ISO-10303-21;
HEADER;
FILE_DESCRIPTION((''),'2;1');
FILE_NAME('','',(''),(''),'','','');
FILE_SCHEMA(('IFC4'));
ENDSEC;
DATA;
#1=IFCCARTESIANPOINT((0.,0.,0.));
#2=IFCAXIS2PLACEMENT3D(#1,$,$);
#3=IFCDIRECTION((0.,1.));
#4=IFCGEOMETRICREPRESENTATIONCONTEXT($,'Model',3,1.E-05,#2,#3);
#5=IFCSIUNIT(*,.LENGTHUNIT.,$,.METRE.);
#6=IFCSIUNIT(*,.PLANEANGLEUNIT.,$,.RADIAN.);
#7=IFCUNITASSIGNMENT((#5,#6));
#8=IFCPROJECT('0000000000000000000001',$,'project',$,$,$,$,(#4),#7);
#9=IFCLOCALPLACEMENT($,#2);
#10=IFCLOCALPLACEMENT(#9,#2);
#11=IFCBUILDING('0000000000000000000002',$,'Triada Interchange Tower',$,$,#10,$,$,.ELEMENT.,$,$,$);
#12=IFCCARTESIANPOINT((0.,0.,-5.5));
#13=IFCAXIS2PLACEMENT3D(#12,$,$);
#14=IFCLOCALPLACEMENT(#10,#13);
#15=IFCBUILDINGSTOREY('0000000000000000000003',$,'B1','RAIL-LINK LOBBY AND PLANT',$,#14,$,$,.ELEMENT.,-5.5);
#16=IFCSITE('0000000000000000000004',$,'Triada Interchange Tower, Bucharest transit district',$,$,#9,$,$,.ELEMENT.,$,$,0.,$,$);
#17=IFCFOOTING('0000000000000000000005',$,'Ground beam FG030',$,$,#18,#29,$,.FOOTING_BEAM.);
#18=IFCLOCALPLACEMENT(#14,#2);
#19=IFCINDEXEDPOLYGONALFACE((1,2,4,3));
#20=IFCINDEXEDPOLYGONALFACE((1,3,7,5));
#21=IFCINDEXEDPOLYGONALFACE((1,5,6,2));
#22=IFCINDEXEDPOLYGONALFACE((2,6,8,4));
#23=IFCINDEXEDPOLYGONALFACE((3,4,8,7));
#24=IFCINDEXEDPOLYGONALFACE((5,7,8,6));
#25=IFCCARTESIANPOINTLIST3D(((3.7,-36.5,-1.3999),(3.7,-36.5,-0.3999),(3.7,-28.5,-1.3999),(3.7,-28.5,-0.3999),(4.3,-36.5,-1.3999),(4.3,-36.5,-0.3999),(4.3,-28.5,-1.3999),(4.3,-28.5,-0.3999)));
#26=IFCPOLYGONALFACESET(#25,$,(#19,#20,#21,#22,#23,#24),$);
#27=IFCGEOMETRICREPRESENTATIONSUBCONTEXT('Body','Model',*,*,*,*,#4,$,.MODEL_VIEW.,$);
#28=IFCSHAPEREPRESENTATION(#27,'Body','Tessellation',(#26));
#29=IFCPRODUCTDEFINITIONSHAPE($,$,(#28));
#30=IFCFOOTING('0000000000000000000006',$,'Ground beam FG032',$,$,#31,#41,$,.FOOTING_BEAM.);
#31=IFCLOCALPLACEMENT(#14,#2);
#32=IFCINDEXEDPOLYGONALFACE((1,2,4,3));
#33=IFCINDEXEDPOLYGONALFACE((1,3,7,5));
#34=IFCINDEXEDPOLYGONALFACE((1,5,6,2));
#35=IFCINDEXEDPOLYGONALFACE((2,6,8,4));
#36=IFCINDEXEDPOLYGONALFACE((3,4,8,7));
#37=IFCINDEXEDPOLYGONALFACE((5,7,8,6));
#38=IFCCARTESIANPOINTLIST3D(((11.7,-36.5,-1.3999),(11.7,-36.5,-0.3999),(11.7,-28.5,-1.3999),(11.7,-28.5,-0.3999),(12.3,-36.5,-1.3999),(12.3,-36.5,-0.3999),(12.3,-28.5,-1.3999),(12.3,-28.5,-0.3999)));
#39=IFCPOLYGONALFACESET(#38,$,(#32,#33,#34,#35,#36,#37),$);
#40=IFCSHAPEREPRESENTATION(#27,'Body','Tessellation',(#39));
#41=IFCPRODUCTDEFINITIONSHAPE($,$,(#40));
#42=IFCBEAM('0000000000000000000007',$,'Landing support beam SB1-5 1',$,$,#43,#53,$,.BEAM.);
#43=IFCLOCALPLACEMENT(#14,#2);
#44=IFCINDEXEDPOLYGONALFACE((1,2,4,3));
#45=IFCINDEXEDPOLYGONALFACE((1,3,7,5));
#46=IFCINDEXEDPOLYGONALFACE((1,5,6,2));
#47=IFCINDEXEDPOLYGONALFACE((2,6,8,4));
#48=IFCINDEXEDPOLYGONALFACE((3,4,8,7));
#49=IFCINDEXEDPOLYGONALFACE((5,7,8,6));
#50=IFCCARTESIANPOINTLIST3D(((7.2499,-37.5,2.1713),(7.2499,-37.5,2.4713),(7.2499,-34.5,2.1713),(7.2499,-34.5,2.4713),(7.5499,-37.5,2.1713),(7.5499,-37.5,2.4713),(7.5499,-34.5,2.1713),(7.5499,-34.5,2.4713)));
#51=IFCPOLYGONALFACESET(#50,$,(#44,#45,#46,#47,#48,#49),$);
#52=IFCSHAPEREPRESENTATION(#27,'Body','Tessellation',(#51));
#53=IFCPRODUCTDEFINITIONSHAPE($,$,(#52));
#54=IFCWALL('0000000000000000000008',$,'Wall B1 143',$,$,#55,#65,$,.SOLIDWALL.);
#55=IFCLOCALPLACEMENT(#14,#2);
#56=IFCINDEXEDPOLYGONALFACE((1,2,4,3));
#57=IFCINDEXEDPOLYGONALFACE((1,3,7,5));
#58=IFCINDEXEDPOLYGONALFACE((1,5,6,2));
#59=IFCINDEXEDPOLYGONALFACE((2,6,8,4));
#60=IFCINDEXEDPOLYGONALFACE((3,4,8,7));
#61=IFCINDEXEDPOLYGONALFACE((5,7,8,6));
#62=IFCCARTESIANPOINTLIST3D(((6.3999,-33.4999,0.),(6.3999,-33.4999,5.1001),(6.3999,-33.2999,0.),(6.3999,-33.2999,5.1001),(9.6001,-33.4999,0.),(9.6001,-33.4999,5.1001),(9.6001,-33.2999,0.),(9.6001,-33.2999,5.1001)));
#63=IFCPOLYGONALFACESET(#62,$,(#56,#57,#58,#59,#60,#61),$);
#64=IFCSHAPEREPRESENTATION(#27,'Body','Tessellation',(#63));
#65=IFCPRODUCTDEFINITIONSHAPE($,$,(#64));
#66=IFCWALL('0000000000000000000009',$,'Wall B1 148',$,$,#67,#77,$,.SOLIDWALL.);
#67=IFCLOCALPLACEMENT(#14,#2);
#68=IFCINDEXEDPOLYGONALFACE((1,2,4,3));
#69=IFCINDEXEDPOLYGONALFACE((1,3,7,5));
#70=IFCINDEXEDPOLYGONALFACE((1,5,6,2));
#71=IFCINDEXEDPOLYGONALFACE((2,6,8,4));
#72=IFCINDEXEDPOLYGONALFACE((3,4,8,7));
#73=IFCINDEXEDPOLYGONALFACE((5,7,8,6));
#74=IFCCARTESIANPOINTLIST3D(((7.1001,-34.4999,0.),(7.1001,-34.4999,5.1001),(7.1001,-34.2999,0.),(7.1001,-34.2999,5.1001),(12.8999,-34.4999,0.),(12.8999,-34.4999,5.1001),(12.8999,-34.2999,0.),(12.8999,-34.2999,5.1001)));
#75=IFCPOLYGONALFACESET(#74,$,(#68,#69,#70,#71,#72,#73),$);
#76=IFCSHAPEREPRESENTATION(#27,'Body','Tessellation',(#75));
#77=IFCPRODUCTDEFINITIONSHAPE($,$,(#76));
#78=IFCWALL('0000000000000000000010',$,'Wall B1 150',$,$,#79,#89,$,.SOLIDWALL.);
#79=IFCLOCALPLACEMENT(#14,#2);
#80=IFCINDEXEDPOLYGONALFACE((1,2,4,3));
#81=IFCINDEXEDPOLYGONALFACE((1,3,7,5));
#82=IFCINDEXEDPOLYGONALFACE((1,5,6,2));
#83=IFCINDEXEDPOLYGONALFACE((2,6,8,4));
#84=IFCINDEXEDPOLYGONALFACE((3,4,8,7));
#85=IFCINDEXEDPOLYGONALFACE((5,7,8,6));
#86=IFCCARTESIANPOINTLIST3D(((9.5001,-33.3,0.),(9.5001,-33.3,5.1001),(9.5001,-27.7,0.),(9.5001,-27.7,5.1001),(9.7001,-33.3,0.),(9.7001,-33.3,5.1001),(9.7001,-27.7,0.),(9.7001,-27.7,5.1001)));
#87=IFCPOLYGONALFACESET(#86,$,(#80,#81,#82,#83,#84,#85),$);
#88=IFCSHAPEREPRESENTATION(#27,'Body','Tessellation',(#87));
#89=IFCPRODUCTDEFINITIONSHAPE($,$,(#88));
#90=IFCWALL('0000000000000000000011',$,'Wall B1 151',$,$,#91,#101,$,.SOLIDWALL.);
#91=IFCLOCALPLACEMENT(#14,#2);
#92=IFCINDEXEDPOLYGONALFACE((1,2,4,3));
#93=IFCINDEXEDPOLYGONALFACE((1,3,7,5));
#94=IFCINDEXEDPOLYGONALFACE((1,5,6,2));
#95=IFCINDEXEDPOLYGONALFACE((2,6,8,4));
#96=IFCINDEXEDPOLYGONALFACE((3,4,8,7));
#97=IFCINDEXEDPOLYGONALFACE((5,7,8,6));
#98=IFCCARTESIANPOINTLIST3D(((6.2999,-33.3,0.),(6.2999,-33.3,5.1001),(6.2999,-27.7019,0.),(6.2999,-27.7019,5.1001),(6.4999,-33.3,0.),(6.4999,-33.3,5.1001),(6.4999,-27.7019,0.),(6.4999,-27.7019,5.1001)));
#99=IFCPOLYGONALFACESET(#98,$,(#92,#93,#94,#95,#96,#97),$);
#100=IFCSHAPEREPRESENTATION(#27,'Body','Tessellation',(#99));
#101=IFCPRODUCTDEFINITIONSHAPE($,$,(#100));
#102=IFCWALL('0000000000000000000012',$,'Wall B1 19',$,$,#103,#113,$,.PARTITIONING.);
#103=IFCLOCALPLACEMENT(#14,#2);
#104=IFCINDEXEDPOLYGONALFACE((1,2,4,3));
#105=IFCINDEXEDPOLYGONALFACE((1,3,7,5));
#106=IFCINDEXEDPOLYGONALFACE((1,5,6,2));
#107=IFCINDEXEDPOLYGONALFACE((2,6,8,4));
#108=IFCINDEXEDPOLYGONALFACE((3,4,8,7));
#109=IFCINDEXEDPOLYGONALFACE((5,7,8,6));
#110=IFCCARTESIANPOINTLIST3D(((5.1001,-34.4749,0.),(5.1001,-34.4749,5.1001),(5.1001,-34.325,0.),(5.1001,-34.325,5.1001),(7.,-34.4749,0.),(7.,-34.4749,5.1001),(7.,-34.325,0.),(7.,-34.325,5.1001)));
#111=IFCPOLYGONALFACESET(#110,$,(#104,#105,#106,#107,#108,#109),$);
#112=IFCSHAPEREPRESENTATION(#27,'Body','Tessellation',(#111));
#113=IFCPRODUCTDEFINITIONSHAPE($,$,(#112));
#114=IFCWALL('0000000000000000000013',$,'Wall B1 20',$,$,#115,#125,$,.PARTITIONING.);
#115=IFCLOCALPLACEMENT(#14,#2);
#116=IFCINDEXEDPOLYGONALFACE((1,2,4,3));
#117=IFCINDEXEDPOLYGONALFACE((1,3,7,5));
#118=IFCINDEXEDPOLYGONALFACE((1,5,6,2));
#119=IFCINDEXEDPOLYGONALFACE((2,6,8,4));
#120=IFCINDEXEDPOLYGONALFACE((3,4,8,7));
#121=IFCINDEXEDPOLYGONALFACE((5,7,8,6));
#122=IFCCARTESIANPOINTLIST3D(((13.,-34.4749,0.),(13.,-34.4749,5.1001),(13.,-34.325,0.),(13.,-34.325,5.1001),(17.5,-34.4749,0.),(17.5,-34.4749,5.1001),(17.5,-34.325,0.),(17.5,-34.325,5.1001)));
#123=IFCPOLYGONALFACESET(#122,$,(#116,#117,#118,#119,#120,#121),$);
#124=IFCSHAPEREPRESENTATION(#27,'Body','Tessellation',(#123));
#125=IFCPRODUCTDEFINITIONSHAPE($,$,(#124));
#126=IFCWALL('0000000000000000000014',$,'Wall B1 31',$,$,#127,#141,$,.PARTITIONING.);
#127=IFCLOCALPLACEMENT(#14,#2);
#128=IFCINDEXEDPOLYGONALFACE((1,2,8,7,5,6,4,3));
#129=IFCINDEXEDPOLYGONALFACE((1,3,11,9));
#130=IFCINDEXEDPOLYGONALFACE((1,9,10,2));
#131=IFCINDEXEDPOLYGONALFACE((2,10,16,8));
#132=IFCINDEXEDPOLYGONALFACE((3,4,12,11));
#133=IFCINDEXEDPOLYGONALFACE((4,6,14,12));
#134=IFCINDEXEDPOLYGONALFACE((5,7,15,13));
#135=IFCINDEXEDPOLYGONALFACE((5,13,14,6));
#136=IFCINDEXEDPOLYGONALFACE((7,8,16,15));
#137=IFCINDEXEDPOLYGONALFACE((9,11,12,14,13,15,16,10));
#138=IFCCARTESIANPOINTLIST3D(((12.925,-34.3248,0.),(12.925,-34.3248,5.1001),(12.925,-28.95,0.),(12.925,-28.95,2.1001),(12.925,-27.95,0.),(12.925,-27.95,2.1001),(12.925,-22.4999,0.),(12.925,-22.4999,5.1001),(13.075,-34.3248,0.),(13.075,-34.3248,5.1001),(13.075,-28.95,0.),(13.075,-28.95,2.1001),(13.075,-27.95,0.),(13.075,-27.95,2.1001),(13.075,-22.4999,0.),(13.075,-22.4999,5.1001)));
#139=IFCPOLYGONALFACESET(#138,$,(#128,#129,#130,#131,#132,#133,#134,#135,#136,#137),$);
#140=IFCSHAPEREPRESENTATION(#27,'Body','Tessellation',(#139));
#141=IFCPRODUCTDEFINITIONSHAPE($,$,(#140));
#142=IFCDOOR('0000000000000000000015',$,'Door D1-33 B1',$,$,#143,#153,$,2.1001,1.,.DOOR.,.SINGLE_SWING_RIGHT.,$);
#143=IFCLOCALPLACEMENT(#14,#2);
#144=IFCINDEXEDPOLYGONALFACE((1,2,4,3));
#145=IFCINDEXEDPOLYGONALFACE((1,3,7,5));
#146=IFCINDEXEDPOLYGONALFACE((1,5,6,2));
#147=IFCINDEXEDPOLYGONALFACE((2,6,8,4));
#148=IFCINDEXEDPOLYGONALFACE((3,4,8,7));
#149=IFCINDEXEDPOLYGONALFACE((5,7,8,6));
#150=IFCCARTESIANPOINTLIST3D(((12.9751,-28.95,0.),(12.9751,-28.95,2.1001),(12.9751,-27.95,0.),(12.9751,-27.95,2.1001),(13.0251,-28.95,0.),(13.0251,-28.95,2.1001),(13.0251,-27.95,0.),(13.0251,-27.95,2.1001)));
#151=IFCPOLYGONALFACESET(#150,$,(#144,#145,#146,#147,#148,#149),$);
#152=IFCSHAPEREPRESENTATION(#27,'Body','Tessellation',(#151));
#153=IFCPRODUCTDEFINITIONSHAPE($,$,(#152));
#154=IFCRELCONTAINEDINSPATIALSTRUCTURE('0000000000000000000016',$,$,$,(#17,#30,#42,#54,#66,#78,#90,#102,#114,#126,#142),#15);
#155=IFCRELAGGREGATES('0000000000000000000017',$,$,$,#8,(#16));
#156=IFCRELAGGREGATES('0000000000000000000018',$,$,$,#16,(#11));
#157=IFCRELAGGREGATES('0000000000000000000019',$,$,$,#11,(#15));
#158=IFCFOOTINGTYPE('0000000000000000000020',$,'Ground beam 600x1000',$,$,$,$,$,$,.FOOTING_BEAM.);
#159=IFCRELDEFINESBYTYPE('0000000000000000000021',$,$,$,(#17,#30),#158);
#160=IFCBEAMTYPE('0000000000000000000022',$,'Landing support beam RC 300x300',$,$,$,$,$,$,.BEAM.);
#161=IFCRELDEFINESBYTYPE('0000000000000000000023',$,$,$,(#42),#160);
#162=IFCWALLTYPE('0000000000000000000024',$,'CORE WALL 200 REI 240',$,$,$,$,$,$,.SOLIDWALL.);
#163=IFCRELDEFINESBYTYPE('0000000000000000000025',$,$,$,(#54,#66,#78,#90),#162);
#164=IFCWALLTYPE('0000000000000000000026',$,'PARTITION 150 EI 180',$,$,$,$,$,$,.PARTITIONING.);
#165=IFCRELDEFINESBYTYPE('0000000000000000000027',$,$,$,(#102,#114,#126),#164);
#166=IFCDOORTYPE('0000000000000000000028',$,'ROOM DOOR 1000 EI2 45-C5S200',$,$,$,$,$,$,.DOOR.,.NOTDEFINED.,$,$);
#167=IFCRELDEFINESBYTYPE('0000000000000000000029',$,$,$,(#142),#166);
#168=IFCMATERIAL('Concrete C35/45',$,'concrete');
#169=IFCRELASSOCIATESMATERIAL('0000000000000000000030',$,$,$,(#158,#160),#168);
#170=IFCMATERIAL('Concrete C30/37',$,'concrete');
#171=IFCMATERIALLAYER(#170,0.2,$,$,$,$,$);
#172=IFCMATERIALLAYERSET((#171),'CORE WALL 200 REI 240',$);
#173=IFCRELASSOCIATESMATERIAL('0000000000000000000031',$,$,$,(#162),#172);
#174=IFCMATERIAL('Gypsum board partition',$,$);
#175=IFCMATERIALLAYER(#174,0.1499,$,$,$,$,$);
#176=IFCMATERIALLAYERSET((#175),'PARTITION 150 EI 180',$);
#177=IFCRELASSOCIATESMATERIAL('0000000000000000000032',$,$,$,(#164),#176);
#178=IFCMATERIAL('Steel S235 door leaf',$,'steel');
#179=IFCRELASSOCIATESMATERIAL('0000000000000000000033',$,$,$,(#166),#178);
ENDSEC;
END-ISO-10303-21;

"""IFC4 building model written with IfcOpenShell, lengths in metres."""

from ifc_helpers import new_model, si_unit, direction, frame, frame_2d, origin, origin_2d, place, context, subcontext, project, spatial, rectangle, extrude, material, layer, layer_set, material_profile, profile_set, type_object, element, fill, save


model = new_model("IFC4")

# Units and contexts
model_context = context("Model", 3, precision=1e-05, world=origin(), true_north=direction((0.0, 1.0)))
body_context = subcontext(model_context, "Body", "Model", "MODEL_VIEW")
ifc_project = project(units=[si_unit("LENGTHUNIT", "METRE"), si_unit("PLANEANGLEUNIT", "RADIAN")], contexts=[model_context])

# Site, building, storey
site_placement = place(None, origin())
site = spatial("IfcSite", under=ifc_project, at=site_placement, Name="Triada Interchange Tower, Bucharest transit district", CompositionType="ELEMENT", RefElevation=0.0)
building_placement = place(site_placement, origin())
building = spatial("IfcBuilding", under=site, at=building_placement, Name="Triada Interchange Tower", CompositionType="ELEMENT")
storey_placement = place(building_placement, frame((0.0, 0.0, -5.5)))
storey = spatial("IfcBuildingStorey", under=building, at=storey_placement, Name="B1", Description="RAIL-LINK LOBBY AND PLANT", CompositionType="ELEMENT", Elevation=-5.5)

# Footings
ifc_material_1 = material(Name="Concrete C35/45", Category="concrete")
footing_type = type_object("IfcFootingType", Name="Ground beam 600x1000", PredefinedType="FOOTING_BEAM", material=ifc_material_1)
for number, where, z_axis, x_axis, name in (
    (1, (4.0, -32.5, -1.3999), (0.0, 0.0, 1.0), (1.0, 0.0, 0.0), "Ground beam FG030"),
    (2, (12.0, -32.5, -1.3999), (0.0, 0.0, 1.0), (1.0, 0.0, 0.0), "Ground beam FG032"),
):
    element("IfcFooting", number, at=place(storey_placement, frame(where, z_axis=z_axis, x_axis=x_axis)), inside=storey, type_object=footing_type, Name=name, PredefinedType="FOOTING_BEAM", context=body_context, shape_type="SweptSolid", body=[
        extrude(rectangle(XDim=0.6001, YDim=8.0, at=origin_2d()), origin(), (0.0, 0.0, 1.0), 1.0),
    ])

# Beam
ifc_material_profile = material_profile(ifc_material_1, rectangle(XDim=0.3, YDim=0.3, at=origin_2d()), Name="RC 300x300")
ifc_profile_set = profile_set([ifc_material_profile], Name="Concrete C35/45")
beam_type = type_object("IfcBeamType", Name="Landing support beam RC 300x300", PredefinedType="BEAM", material=ifc_profile_set)
beam_placement = place(storey_placement, frame((7.3999, -34.5, 2.3213), z_axis=(0.0, -1.0, 0.0), x_axis=(1.0, 0.0, 0.0)))
element("IfcBeam", 3, at=beam_placement, inside=storey, type_object=beam_type, Name="Landing support beam SB1-5 1", PredefinedType="BEAM", context=body_context, shape_type="SweptSolid", body=[
    extrude(rectangle(XDim=0.3, YDim=0.3, at=origin_2d()), origin(), (0.0, 0.0, 1.0), 3.0),
])

# Walls
ifc_material_2 = material(Name="Concrete C30/37", Category="concrete")
ifc_layer_1 = layer(ifc_material_2, 0.2)
ifc_layer_set_1 = layer_set([ifc_layer_1], Name="CORE WALL 200 REI 240")
wall_type_1 = type_object("IfcWallType", Name="CORE WALL 200 REI 240", PredefinedType="SOLIDWALL", material=ifc_layer_set_1)
wall_1_placement = place(storey_placement, frame((6.3999, -33.3999, 0.0), z_axis=(0.0, 0.0, 1.0), x_axis=(1.0, 0.0, 0.0)))
element("IfcWall", 4, at=wall_1_placement, inside=storey, type_object=wall_type_1, Name="Wall B1 143", PredefinedType="SOLIDWALL", context=body_context, shape_type="SweptSolid", body=[
    extrude(rectangle(XDim=3.2002, YDim=0.2, at=frame_2d((1.6001, 0.0))), origin(), (0.0, 0.0, 1.0), 5.1001),
])
wall_2_placement = place(storey_placement, frame((7.1001, -34.3999, 0.0), z_axis=(0.0, 0.0, 1.0), x_axis=(1.0, 0.0, 0.0)))
element("IfcWall", 5, at=wall_2_placement, inside=storey, type_object=wall_type_1, Name="Wall B1 148", PredefinedType="SOLIDWALL", context=body_context, shape_type="SweptSolid", body=[
    extrude(rectangle(XDim=5.7998, YDim=0.2, at=frame_2d((2.8999, 0.0))), origin(), (0.0, 0.0, 1.0), 5.1001),
])
wall_3_placement = place(storey_placement, frame((9.6001, -33.3, 0.0), z_axis=(0.0, 0.0, 1.0), x_axis=(0.0, 1.0, 0.0)))
element("IfcWall", 6, at=wall_3_placement, inside=storey, type_object=wall_type_1, Name="Wall B1 150", PredefinedType="SOLIDWALL", context=body_context, shape_type="SweptSolid", body=[
    extrude(rectangle(XDim=5.6001, YDim=0.2, at=frame_2d((2.8, 0.0))), origin(), (0.0, 0.0, 1.0), 5.1001),
])
wall_4_placement = place(storey_placement, frame((6.3999, -33.3, 0.0), z_axis=(0.0, 0.0, 1.0), x_axis=(0.0, 1.0, 0.0)))
element("IfcWall", 7, at=wall_4_placement, inside=storey, type_object=wall_type_1, Name="Wall B1 151", PredefinedType="SOLIDWALL", context=body_context, shape_type="SweptSolid", body=[
    extrude(rectangle(XDim=5.5981, YDim=0.2, at=frame_2d((2.7991, 0.0))), origin(), (0.0, 0.0, 1.0), 5.1001),
])
ifc_material_3 = material(Name="Gypsum board partition")
ifc_layer_2 = layer(ifc_material_3, 0.1499)
ifc_layer_set_2 = layer_set([ifc_layer_2], Name="PARTITION 150 EI 180")
wall_type_2 = type_object("IfcWallType", Name="PARTITION 150 EI 180", PredefinedType="PARTITIONING", material=ifc_layer_set_2)
wall_5_placement = place(storey_placement, frame((5.1001, -34.3999, 0.0), z_axis=(0.0, 0.0, 1.0), x_axis=(1.0, 0.0, 0.0)))
element("IfcWall", 8, at=wall_5_placement, inside=storey, type_object=wall_type_2, Name="Wall B1 19", PredefinedType="PARTITIONING", context=body_context, shape_type="SweptSolid", body=[
    extrude(rectangle(XDim=1.8999, YDim=0.1499, at=frame_2d((0.95, 0.0))), origin(), (0.0, 0.0, 1.0), 5.1001),
])
wall_6_placement = place(storey_placement, frame((13.0, -34.3999, 0.0), z_axis=(0.0, 0.0, 1.0), x_axis=(1.0, 0.0, 0.0)))
element("IfcWall", 9, at=wall_6_placement, inside=storey, type_object=wall_type_2, Name="Wall B1 20", PredefinedType="PARTITIONING", context=body_context, shape_type="SweptSolid", body=[
    extrude(rectangle(XDim=4.5, YDim=0.1499, at=frame_2d((2.25, 0.0))), origin(), (0.0, 0.0, 1.0), 5.1001),
])

# Wall, opening, door
wall_7_placement = place(storey_placement, frame((13.0, -34.325, 0.0), z_axis=(0.0, 0.0, 1.0), x_axis=(0.0, 1.0, 0.0)))
wall_7 = element("IfcWall", 10, at=wall_7_placement, inside=storey, type_object=wall_type_2, Name="Wall B1 31", PredefinedType="PARTITIONING", context=body_context, shape_type="SweptSolid", body=[
    extrude(rectangle(XDim=11.825, YDim=0.1499, at=frame_2d((5.9126, 0.0))), origin(), (0.0, 0.0, 1.0), 5.1001),
])
opening_placement = place(wall_7_placement, frame((5.375, 0.0, 0.0)))
opening = element("IfcOpeningElement", 11, at=opening_placement, cuts=wall_7, PredefinedType="OPENING", context=body_context, shape_type="SweptSolid", body=[
    extrude(rectangle(XDim=1.0, YDim=2.1001, at=frame_2d((0.5, 1.05))), frame((0.0, 0.085, 0.0), z_axis=(0.0, -1.0, 0.0), x_axis=(1.0, 0.0, 0.0)), (0.0, 0.0, 1.0), 0.1699),
])
ifc_material_4 = material(Name="Steel S235 door leaf", Category="steel")
door_type = type_object("IfcDoorType", Name="ROOM DOOR 1000 EI2 45-C5S200", OperationType="NOTDEFINED", PredefinedType="DOOR", material=ifc_material_4)
door_placement = place(opening_placement, origin())
door = element("IfcDoor", 12, at=door_placement, inside=storey, type_object=door_type, Name="Door D1-33 B1", OperationType="SINGLE_SWING_RIGHT", OverallHeight=2.1001, OverallWidth=1.0, PredefinedType="DOOR", context=body_context, shape_type="SweptSolid", body=[
    extrude(rectangle(XDim=1.0, YDim=2.1001, at=frame_2d((0.5, 1.05))), frame((0.0, 0.0249, 0.0), z_axis=(0.0, -1.0, 0.0), x_axis=(1.0, 0.0, 0.0)), (0.0, 0.0, 1.0), 0.05),
])
fill(opening, door)

save(model, "model.ifc")
